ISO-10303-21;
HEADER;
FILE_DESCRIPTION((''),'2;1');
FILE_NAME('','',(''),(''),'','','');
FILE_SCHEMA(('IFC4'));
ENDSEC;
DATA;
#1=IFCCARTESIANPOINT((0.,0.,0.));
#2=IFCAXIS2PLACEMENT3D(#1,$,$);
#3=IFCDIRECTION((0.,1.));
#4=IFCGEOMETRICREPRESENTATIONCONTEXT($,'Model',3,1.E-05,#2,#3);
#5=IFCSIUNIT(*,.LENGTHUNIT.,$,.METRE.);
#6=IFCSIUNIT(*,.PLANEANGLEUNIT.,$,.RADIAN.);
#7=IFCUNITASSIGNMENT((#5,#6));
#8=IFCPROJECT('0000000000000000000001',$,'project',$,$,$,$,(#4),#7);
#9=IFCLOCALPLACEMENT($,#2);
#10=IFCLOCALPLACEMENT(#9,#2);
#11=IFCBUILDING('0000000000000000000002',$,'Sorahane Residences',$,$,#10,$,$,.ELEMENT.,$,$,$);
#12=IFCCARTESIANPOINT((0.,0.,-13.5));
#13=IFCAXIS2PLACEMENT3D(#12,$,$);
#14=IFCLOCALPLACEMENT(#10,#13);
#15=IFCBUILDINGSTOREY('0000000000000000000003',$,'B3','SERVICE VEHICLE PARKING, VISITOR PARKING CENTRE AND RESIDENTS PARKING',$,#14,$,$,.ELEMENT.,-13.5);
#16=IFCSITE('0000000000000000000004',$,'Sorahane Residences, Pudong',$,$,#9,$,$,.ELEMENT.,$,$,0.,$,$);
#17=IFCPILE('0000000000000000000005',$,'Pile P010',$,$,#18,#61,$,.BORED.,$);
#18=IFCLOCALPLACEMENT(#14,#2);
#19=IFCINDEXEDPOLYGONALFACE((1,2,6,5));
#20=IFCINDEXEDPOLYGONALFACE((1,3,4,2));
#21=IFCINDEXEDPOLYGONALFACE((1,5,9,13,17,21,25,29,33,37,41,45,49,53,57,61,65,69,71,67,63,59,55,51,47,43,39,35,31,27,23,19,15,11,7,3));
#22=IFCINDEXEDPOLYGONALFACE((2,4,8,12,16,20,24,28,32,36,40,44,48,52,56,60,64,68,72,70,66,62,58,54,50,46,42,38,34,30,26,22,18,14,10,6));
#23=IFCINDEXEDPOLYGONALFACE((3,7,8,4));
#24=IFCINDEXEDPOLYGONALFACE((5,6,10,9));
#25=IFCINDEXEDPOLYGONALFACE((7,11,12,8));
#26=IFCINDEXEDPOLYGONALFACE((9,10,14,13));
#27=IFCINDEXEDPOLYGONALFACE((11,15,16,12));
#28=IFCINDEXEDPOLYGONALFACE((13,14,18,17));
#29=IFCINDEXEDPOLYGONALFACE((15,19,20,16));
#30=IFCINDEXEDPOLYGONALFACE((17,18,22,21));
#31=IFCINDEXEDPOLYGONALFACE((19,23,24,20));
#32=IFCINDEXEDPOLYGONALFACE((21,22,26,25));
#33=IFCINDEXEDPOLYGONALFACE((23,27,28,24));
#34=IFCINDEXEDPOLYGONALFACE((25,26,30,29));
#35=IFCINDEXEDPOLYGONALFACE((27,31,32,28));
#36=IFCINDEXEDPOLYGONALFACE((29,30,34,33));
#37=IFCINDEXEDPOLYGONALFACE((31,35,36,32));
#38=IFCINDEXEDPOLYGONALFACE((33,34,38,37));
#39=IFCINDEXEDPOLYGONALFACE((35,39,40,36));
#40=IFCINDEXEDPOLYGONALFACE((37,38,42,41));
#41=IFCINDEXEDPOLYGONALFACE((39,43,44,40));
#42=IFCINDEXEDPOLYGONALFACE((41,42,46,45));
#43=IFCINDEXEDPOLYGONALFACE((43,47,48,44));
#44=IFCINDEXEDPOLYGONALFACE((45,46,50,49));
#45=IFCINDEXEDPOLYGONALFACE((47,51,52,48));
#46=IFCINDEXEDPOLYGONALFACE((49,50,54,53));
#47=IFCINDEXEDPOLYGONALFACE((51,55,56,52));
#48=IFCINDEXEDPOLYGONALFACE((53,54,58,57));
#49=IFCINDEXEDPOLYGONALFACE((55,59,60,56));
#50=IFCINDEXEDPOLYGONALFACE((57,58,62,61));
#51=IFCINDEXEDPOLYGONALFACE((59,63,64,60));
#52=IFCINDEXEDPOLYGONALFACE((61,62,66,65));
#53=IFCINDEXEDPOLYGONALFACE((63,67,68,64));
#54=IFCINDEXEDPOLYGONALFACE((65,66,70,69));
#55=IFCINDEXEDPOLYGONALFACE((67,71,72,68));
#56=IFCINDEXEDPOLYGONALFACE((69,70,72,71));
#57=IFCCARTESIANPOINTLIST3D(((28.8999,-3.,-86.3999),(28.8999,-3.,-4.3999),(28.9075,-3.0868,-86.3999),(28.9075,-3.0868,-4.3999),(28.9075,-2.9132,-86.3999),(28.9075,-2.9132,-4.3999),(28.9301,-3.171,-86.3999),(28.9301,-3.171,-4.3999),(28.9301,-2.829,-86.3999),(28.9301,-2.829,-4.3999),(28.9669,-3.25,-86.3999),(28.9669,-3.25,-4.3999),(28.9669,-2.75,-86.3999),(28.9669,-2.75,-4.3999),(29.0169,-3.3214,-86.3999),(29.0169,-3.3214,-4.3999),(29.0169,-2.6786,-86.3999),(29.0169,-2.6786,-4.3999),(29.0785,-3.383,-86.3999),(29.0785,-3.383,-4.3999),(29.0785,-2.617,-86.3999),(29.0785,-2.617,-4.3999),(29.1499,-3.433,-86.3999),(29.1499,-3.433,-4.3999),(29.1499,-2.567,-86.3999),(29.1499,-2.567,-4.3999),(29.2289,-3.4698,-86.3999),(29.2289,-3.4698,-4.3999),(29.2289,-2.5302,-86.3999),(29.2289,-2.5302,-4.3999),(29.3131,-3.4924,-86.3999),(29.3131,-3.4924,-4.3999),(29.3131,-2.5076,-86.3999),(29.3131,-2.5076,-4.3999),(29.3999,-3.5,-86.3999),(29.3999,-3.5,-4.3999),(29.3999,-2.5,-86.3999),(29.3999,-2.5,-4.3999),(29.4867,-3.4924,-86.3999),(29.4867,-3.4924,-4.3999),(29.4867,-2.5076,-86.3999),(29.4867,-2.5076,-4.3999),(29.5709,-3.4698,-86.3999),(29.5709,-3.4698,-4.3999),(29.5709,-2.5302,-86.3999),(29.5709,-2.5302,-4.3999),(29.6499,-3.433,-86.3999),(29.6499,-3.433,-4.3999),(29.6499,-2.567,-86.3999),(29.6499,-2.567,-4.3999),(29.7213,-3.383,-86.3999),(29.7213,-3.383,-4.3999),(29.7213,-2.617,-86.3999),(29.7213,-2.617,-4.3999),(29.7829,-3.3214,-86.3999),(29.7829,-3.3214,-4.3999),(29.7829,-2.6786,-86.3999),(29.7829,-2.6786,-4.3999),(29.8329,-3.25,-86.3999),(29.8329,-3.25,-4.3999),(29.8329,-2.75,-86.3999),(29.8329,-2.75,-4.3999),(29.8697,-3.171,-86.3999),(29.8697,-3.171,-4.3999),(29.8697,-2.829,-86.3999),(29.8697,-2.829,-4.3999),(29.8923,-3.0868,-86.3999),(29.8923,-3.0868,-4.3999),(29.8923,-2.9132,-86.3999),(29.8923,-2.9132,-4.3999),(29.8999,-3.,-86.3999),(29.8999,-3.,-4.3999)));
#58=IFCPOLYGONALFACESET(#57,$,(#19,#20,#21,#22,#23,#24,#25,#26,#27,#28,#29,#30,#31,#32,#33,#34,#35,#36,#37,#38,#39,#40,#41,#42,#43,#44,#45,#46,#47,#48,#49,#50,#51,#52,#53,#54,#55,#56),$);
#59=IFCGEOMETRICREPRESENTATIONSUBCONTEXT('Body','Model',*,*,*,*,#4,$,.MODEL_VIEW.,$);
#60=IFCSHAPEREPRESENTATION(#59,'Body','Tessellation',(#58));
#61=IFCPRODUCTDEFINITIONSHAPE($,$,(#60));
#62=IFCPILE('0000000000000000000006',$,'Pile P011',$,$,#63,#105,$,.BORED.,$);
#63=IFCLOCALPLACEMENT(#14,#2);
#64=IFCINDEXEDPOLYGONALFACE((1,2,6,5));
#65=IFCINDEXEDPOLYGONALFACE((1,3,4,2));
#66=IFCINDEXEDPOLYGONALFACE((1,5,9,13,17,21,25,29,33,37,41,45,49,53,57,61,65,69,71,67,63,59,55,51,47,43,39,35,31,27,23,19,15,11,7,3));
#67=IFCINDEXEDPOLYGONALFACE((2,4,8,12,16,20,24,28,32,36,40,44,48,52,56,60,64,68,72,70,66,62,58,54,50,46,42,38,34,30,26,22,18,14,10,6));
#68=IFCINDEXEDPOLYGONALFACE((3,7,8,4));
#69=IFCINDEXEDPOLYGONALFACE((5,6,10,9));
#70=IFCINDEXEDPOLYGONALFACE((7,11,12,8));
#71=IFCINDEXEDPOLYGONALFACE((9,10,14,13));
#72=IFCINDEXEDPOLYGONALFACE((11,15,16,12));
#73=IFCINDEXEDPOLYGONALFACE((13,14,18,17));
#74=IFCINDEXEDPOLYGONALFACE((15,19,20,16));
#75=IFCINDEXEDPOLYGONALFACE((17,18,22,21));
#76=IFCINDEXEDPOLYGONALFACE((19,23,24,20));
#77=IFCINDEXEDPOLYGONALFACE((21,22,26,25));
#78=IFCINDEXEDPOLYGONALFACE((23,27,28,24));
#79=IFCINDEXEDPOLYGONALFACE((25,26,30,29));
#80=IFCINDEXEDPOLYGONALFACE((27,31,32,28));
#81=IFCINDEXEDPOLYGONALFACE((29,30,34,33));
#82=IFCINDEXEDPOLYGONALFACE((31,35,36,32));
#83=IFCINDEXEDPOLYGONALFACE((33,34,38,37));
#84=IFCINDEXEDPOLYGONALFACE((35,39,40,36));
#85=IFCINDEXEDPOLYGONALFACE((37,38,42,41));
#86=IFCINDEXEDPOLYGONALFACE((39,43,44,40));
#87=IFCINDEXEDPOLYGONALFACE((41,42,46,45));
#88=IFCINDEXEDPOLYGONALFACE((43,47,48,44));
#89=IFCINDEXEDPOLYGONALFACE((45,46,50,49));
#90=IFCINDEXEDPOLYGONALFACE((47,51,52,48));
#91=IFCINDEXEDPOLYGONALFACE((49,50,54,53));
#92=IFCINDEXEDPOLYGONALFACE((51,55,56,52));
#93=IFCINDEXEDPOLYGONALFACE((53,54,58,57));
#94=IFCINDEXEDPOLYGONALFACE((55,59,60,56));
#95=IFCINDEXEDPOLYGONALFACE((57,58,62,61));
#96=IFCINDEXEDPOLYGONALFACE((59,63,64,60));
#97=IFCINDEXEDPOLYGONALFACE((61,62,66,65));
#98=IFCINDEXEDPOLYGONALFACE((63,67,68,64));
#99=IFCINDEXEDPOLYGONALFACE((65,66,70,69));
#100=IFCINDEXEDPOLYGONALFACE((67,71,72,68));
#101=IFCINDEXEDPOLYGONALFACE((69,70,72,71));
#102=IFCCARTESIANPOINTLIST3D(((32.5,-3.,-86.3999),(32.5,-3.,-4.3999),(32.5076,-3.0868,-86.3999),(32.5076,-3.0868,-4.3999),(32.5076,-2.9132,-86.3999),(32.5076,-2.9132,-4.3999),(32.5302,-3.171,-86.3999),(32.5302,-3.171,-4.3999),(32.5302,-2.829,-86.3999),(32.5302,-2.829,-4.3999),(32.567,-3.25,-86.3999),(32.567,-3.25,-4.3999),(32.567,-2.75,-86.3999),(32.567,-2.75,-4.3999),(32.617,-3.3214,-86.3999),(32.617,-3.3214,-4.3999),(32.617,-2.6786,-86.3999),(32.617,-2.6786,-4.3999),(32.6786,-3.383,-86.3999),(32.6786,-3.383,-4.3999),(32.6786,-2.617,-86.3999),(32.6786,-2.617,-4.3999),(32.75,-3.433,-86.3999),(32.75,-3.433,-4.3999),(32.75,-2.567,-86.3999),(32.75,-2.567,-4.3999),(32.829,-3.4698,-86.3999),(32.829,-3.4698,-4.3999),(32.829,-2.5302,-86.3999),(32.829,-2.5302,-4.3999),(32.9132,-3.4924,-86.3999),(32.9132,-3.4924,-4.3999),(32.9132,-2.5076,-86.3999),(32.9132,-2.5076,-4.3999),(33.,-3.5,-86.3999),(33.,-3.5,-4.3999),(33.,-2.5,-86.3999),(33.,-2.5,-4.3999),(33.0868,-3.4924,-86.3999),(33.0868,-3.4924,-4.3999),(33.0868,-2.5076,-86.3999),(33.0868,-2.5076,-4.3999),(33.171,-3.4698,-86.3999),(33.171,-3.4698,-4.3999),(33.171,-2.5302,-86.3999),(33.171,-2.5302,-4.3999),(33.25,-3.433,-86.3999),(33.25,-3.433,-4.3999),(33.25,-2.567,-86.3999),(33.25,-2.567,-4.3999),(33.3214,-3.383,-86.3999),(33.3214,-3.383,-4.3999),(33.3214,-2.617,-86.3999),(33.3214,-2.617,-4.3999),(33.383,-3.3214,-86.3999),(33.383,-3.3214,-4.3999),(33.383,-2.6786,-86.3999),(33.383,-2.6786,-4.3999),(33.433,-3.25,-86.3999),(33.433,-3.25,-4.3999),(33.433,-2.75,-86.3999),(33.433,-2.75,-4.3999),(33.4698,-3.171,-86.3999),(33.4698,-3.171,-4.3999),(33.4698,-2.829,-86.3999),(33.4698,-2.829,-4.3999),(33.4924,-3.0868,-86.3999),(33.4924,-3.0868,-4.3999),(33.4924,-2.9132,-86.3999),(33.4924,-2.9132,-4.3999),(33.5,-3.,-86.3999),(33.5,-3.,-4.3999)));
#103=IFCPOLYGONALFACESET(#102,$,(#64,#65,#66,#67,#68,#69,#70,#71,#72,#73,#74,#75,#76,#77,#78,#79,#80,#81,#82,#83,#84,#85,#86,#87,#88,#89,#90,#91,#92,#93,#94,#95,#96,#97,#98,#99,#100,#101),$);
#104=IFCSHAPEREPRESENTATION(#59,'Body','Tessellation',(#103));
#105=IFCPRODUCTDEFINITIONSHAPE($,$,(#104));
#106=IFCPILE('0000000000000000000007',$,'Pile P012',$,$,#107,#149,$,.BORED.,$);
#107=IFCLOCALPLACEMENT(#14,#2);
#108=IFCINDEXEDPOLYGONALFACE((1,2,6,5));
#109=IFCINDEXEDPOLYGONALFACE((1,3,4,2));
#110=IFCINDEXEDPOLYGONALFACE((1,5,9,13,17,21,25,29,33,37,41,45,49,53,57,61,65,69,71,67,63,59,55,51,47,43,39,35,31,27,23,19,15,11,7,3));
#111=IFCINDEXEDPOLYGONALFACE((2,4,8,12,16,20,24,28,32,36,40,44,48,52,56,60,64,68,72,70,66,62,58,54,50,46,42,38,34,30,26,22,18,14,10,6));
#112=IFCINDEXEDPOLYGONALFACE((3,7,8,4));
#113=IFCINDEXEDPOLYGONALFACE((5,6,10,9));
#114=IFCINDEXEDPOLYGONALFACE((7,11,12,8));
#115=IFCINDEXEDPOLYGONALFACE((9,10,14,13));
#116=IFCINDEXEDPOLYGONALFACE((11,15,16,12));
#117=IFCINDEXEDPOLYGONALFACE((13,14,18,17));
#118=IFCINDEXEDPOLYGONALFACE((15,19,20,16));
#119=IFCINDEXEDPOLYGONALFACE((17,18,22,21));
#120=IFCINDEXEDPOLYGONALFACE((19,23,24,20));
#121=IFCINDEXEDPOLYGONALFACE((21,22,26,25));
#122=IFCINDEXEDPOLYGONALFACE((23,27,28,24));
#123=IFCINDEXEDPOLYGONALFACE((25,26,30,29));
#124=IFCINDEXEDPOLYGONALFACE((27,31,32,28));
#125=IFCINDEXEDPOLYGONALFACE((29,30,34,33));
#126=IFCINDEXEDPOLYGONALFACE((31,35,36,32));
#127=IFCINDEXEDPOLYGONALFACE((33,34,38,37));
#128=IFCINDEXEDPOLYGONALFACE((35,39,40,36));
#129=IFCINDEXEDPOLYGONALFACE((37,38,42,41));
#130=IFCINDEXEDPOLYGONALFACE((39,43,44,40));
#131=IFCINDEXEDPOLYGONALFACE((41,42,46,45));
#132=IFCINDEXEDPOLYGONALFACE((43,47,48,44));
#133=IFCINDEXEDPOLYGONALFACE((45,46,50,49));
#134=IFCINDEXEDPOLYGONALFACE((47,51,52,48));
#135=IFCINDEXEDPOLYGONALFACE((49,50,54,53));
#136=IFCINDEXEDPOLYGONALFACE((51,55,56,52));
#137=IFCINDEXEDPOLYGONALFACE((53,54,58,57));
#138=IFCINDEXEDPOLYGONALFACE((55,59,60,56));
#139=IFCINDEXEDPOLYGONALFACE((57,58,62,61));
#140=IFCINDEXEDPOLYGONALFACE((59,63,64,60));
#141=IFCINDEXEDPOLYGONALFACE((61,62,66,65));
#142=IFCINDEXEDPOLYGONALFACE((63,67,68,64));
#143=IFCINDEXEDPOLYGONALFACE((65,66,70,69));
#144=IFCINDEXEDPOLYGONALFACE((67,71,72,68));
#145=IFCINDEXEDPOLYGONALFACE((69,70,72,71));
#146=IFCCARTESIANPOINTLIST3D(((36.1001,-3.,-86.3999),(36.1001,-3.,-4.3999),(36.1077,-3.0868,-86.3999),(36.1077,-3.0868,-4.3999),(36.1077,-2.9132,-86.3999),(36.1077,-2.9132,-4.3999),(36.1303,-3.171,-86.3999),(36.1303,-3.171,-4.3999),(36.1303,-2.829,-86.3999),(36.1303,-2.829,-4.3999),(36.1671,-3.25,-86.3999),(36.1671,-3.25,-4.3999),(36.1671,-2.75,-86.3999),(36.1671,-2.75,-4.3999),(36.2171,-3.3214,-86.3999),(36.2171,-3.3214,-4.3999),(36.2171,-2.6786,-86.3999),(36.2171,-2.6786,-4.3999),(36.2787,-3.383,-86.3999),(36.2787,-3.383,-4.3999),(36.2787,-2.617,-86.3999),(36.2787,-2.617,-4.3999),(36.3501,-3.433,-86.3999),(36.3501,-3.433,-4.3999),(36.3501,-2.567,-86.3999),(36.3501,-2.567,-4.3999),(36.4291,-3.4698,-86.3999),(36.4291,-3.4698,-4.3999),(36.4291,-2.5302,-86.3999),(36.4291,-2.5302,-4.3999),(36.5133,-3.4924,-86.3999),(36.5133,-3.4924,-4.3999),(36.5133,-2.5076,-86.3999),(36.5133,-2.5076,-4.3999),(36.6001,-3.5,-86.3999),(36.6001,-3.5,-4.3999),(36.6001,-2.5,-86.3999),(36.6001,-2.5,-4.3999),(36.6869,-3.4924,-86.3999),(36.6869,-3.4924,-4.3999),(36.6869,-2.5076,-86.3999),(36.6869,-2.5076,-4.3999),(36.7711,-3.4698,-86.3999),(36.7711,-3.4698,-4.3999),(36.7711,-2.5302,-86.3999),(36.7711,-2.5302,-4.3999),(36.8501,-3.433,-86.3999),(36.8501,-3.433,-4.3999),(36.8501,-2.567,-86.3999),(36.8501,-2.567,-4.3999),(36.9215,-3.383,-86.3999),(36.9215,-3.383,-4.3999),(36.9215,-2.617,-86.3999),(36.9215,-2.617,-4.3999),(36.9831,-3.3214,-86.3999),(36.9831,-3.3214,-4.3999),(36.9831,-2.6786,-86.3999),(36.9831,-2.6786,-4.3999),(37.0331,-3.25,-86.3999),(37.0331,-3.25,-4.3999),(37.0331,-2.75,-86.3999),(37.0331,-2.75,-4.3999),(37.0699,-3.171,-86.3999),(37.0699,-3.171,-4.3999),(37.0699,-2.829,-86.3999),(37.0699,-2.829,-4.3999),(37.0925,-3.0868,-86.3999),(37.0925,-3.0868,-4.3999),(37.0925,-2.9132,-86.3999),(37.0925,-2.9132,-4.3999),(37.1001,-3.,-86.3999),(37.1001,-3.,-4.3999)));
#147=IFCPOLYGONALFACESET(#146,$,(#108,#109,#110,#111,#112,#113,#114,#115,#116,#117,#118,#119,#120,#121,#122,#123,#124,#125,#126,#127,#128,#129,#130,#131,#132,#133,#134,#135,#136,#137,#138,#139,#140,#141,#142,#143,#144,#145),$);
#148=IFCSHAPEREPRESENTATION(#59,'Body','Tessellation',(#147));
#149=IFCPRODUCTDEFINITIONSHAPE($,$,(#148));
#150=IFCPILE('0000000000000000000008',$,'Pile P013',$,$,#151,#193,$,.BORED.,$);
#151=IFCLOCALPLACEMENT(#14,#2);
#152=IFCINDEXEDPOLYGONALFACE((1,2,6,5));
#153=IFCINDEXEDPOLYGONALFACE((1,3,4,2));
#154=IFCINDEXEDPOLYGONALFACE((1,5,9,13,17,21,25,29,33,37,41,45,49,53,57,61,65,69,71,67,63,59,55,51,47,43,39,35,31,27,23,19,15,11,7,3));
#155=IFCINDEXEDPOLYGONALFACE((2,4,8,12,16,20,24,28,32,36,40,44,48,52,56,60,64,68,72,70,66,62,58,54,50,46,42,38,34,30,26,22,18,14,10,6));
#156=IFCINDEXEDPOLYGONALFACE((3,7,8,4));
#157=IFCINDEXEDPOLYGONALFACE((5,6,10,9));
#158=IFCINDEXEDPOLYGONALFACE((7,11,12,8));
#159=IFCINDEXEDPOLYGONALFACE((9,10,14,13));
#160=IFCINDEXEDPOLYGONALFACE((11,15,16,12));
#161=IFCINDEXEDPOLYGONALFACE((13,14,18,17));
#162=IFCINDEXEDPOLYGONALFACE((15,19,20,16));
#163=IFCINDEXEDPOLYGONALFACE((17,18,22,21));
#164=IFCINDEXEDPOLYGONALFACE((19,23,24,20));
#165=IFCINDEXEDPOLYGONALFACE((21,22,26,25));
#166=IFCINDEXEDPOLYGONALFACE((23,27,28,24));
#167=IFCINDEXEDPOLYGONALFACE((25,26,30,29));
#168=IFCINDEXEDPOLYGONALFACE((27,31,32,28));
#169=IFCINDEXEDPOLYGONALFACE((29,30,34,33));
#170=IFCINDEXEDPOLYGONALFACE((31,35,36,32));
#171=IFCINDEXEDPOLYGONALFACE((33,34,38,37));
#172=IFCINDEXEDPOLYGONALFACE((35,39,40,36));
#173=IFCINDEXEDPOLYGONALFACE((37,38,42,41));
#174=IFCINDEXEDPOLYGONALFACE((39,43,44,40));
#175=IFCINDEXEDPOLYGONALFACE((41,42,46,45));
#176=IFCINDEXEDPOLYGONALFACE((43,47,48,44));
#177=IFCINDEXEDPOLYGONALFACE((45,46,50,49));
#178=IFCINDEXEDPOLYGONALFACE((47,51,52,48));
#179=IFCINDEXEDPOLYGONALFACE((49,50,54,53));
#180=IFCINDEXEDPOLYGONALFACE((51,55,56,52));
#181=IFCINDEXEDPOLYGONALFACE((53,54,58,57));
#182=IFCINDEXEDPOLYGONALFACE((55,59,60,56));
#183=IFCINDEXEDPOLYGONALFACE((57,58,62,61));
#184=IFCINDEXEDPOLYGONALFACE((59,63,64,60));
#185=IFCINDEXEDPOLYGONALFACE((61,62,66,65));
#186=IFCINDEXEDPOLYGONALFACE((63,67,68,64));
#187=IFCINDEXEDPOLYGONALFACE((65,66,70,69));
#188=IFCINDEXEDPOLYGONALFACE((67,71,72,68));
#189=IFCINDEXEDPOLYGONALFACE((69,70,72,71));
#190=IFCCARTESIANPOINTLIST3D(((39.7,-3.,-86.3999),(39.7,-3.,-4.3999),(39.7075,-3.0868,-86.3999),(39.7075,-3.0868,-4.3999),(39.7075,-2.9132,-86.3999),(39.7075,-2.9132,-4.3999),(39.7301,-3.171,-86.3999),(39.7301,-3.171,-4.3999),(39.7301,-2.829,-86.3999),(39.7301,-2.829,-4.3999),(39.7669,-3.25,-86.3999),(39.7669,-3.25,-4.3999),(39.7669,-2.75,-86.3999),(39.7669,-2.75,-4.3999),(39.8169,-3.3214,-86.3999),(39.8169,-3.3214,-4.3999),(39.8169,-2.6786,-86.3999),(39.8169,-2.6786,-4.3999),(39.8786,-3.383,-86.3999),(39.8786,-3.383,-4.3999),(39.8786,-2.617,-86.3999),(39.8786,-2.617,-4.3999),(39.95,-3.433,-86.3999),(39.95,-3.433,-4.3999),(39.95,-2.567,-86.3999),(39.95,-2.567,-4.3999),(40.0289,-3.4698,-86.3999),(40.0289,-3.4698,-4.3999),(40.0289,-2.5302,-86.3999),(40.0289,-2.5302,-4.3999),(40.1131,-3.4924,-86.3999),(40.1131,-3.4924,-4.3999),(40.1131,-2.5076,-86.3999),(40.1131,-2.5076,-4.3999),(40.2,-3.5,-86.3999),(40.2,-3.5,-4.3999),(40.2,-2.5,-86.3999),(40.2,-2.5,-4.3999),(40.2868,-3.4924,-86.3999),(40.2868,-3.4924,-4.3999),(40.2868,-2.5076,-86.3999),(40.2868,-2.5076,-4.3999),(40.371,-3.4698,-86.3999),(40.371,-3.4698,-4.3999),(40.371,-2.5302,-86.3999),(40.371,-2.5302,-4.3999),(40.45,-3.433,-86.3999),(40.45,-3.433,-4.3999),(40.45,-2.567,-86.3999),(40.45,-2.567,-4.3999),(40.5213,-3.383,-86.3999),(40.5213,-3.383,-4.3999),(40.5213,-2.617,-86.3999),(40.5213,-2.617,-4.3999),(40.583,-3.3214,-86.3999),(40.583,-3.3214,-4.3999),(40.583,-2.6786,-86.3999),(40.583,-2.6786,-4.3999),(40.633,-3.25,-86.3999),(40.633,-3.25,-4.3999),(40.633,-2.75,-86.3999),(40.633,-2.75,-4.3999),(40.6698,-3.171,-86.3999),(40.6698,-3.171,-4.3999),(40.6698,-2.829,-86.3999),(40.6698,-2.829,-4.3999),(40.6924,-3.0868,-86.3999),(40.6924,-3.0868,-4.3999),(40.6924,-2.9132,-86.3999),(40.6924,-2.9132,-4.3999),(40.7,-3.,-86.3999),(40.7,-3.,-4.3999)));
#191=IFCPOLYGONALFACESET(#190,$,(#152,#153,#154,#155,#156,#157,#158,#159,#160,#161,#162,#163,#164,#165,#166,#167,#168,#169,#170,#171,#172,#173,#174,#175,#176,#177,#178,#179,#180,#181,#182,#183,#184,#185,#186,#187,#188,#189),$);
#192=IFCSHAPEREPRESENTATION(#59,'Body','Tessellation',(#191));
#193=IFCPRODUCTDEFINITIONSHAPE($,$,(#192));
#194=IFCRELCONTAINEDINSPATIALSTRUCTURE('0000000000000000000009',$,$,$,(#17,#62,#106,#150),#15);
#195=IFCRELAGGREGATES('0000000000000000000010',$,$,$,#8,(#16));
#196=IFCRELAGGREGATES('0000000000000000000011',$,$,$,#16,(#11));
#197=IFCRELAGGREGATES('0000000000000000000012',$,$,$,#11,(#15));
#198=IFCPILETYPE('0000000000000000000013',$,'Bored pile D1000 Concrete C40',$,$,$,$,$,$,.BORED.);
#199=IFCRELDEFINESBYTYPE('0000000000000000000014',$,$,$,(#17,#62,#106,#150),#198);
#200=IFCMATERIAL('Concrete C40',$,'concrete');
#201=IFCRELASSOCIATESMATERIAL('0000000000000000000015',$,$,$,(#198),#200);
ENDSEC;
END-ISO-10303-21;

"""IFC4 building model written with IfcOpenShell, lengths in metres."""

from ifc_helpers import new_model, si_unit, direction, frame, origin, origin_2d, place, context, subcontext, project, spatial, circle, extrude, material, material_profile, profile_set, type_object, element, save


model = new_model("IFC4")

# Units and contexts
model_context = context("Model", 3, precision=1e-05, world=origin(), true_north=direction((0.0, 1.0)))
body_context = subcontext(model_context, "Body", "Model", "MODEL_VIEW")
ifc_project = project(units=[si_unit("LENGTHUNIT", "METRE"), si_unit("PLANEANGLEUNIT", "RADIAN")], contexts=[model_context])

# Site, building, storey
site_placement = place(None, origin())
site = spatial("IfcSite", under=ifc_project, at=site_placement, Name="Sorahane Residences, Pudong", CompositionType="ELEMENT", RefElevation=0.0)
building_placement = place(site_placement, origin())
building = spatial("IfcBuilding", under=site, at=building_placement, Name="Sorahane Residences", CompositionType="ELEMENT")
storey_placement = place(building_placement, frame((0.0, 0.0, -13.5)))
storey = spatial("IfcBuildingStorey", under=building, at=storey_placement, Name="B3", Description="SERVICE VEHICLE PARKING, VISITOR PARKING CENTRE AND RESIDENTS PARKING", CompositionType="ELEMENT", Elevation=-13.5)

# Piles
ifc_material_1 = material(Name="Concrete C40", Category="concrete")
ifc_material_profile_1 = material_profile(ifc_material_1, circle(Radius=0.5, at=origin_2d()), Name="D1000")
ifc_profile_set_1 = profile_set([ifc_material_profile_1], Name="Concrete C40")
pile_type = type_object("IfcPileType", Name="Bored pile D1000 Concrete C40", PredefinedType="BORED", material=ifc_profile_set_1)
for number, where, z_axis, x_axis, name in (
    (1, (29.3999, -3.0, -4.3999), (0.0, 0.0, -1.0), (1.0, 0.0, 0.0), "Pile P010"),
    (2, (33.0, -3.0, -4.3999), (0.0, 0.0, -1.0), (1.0, 0.0, 0.0), "Pile P011"),
    (3, (36.6001, -3.0, -4.3999), (0.0, 0.0, -1.0), (1.0, 0.0, 0.0), "Pile P012"),
    (4, (40.2, -3.0, -4.3999), (0.0, 0.0, -1.0), (1.0, 0.0, 0.0), "Pile P013"),
):
    element("IfcPile", number, at=place(storey_placement, frame(where, z_axis=z_axis, x_axis=x_axis)), inside=storey, type_object=pile_type, Name=name, PredefinedType="BORED", context=body_context, shape_type="SweptSolid", body=[
        extrude(circle(Radius=0.5, at=origin_2d()), origin(), (0.0, 0.0, 1.0), 82.0),
    ])

save(model, "model.ifc")
